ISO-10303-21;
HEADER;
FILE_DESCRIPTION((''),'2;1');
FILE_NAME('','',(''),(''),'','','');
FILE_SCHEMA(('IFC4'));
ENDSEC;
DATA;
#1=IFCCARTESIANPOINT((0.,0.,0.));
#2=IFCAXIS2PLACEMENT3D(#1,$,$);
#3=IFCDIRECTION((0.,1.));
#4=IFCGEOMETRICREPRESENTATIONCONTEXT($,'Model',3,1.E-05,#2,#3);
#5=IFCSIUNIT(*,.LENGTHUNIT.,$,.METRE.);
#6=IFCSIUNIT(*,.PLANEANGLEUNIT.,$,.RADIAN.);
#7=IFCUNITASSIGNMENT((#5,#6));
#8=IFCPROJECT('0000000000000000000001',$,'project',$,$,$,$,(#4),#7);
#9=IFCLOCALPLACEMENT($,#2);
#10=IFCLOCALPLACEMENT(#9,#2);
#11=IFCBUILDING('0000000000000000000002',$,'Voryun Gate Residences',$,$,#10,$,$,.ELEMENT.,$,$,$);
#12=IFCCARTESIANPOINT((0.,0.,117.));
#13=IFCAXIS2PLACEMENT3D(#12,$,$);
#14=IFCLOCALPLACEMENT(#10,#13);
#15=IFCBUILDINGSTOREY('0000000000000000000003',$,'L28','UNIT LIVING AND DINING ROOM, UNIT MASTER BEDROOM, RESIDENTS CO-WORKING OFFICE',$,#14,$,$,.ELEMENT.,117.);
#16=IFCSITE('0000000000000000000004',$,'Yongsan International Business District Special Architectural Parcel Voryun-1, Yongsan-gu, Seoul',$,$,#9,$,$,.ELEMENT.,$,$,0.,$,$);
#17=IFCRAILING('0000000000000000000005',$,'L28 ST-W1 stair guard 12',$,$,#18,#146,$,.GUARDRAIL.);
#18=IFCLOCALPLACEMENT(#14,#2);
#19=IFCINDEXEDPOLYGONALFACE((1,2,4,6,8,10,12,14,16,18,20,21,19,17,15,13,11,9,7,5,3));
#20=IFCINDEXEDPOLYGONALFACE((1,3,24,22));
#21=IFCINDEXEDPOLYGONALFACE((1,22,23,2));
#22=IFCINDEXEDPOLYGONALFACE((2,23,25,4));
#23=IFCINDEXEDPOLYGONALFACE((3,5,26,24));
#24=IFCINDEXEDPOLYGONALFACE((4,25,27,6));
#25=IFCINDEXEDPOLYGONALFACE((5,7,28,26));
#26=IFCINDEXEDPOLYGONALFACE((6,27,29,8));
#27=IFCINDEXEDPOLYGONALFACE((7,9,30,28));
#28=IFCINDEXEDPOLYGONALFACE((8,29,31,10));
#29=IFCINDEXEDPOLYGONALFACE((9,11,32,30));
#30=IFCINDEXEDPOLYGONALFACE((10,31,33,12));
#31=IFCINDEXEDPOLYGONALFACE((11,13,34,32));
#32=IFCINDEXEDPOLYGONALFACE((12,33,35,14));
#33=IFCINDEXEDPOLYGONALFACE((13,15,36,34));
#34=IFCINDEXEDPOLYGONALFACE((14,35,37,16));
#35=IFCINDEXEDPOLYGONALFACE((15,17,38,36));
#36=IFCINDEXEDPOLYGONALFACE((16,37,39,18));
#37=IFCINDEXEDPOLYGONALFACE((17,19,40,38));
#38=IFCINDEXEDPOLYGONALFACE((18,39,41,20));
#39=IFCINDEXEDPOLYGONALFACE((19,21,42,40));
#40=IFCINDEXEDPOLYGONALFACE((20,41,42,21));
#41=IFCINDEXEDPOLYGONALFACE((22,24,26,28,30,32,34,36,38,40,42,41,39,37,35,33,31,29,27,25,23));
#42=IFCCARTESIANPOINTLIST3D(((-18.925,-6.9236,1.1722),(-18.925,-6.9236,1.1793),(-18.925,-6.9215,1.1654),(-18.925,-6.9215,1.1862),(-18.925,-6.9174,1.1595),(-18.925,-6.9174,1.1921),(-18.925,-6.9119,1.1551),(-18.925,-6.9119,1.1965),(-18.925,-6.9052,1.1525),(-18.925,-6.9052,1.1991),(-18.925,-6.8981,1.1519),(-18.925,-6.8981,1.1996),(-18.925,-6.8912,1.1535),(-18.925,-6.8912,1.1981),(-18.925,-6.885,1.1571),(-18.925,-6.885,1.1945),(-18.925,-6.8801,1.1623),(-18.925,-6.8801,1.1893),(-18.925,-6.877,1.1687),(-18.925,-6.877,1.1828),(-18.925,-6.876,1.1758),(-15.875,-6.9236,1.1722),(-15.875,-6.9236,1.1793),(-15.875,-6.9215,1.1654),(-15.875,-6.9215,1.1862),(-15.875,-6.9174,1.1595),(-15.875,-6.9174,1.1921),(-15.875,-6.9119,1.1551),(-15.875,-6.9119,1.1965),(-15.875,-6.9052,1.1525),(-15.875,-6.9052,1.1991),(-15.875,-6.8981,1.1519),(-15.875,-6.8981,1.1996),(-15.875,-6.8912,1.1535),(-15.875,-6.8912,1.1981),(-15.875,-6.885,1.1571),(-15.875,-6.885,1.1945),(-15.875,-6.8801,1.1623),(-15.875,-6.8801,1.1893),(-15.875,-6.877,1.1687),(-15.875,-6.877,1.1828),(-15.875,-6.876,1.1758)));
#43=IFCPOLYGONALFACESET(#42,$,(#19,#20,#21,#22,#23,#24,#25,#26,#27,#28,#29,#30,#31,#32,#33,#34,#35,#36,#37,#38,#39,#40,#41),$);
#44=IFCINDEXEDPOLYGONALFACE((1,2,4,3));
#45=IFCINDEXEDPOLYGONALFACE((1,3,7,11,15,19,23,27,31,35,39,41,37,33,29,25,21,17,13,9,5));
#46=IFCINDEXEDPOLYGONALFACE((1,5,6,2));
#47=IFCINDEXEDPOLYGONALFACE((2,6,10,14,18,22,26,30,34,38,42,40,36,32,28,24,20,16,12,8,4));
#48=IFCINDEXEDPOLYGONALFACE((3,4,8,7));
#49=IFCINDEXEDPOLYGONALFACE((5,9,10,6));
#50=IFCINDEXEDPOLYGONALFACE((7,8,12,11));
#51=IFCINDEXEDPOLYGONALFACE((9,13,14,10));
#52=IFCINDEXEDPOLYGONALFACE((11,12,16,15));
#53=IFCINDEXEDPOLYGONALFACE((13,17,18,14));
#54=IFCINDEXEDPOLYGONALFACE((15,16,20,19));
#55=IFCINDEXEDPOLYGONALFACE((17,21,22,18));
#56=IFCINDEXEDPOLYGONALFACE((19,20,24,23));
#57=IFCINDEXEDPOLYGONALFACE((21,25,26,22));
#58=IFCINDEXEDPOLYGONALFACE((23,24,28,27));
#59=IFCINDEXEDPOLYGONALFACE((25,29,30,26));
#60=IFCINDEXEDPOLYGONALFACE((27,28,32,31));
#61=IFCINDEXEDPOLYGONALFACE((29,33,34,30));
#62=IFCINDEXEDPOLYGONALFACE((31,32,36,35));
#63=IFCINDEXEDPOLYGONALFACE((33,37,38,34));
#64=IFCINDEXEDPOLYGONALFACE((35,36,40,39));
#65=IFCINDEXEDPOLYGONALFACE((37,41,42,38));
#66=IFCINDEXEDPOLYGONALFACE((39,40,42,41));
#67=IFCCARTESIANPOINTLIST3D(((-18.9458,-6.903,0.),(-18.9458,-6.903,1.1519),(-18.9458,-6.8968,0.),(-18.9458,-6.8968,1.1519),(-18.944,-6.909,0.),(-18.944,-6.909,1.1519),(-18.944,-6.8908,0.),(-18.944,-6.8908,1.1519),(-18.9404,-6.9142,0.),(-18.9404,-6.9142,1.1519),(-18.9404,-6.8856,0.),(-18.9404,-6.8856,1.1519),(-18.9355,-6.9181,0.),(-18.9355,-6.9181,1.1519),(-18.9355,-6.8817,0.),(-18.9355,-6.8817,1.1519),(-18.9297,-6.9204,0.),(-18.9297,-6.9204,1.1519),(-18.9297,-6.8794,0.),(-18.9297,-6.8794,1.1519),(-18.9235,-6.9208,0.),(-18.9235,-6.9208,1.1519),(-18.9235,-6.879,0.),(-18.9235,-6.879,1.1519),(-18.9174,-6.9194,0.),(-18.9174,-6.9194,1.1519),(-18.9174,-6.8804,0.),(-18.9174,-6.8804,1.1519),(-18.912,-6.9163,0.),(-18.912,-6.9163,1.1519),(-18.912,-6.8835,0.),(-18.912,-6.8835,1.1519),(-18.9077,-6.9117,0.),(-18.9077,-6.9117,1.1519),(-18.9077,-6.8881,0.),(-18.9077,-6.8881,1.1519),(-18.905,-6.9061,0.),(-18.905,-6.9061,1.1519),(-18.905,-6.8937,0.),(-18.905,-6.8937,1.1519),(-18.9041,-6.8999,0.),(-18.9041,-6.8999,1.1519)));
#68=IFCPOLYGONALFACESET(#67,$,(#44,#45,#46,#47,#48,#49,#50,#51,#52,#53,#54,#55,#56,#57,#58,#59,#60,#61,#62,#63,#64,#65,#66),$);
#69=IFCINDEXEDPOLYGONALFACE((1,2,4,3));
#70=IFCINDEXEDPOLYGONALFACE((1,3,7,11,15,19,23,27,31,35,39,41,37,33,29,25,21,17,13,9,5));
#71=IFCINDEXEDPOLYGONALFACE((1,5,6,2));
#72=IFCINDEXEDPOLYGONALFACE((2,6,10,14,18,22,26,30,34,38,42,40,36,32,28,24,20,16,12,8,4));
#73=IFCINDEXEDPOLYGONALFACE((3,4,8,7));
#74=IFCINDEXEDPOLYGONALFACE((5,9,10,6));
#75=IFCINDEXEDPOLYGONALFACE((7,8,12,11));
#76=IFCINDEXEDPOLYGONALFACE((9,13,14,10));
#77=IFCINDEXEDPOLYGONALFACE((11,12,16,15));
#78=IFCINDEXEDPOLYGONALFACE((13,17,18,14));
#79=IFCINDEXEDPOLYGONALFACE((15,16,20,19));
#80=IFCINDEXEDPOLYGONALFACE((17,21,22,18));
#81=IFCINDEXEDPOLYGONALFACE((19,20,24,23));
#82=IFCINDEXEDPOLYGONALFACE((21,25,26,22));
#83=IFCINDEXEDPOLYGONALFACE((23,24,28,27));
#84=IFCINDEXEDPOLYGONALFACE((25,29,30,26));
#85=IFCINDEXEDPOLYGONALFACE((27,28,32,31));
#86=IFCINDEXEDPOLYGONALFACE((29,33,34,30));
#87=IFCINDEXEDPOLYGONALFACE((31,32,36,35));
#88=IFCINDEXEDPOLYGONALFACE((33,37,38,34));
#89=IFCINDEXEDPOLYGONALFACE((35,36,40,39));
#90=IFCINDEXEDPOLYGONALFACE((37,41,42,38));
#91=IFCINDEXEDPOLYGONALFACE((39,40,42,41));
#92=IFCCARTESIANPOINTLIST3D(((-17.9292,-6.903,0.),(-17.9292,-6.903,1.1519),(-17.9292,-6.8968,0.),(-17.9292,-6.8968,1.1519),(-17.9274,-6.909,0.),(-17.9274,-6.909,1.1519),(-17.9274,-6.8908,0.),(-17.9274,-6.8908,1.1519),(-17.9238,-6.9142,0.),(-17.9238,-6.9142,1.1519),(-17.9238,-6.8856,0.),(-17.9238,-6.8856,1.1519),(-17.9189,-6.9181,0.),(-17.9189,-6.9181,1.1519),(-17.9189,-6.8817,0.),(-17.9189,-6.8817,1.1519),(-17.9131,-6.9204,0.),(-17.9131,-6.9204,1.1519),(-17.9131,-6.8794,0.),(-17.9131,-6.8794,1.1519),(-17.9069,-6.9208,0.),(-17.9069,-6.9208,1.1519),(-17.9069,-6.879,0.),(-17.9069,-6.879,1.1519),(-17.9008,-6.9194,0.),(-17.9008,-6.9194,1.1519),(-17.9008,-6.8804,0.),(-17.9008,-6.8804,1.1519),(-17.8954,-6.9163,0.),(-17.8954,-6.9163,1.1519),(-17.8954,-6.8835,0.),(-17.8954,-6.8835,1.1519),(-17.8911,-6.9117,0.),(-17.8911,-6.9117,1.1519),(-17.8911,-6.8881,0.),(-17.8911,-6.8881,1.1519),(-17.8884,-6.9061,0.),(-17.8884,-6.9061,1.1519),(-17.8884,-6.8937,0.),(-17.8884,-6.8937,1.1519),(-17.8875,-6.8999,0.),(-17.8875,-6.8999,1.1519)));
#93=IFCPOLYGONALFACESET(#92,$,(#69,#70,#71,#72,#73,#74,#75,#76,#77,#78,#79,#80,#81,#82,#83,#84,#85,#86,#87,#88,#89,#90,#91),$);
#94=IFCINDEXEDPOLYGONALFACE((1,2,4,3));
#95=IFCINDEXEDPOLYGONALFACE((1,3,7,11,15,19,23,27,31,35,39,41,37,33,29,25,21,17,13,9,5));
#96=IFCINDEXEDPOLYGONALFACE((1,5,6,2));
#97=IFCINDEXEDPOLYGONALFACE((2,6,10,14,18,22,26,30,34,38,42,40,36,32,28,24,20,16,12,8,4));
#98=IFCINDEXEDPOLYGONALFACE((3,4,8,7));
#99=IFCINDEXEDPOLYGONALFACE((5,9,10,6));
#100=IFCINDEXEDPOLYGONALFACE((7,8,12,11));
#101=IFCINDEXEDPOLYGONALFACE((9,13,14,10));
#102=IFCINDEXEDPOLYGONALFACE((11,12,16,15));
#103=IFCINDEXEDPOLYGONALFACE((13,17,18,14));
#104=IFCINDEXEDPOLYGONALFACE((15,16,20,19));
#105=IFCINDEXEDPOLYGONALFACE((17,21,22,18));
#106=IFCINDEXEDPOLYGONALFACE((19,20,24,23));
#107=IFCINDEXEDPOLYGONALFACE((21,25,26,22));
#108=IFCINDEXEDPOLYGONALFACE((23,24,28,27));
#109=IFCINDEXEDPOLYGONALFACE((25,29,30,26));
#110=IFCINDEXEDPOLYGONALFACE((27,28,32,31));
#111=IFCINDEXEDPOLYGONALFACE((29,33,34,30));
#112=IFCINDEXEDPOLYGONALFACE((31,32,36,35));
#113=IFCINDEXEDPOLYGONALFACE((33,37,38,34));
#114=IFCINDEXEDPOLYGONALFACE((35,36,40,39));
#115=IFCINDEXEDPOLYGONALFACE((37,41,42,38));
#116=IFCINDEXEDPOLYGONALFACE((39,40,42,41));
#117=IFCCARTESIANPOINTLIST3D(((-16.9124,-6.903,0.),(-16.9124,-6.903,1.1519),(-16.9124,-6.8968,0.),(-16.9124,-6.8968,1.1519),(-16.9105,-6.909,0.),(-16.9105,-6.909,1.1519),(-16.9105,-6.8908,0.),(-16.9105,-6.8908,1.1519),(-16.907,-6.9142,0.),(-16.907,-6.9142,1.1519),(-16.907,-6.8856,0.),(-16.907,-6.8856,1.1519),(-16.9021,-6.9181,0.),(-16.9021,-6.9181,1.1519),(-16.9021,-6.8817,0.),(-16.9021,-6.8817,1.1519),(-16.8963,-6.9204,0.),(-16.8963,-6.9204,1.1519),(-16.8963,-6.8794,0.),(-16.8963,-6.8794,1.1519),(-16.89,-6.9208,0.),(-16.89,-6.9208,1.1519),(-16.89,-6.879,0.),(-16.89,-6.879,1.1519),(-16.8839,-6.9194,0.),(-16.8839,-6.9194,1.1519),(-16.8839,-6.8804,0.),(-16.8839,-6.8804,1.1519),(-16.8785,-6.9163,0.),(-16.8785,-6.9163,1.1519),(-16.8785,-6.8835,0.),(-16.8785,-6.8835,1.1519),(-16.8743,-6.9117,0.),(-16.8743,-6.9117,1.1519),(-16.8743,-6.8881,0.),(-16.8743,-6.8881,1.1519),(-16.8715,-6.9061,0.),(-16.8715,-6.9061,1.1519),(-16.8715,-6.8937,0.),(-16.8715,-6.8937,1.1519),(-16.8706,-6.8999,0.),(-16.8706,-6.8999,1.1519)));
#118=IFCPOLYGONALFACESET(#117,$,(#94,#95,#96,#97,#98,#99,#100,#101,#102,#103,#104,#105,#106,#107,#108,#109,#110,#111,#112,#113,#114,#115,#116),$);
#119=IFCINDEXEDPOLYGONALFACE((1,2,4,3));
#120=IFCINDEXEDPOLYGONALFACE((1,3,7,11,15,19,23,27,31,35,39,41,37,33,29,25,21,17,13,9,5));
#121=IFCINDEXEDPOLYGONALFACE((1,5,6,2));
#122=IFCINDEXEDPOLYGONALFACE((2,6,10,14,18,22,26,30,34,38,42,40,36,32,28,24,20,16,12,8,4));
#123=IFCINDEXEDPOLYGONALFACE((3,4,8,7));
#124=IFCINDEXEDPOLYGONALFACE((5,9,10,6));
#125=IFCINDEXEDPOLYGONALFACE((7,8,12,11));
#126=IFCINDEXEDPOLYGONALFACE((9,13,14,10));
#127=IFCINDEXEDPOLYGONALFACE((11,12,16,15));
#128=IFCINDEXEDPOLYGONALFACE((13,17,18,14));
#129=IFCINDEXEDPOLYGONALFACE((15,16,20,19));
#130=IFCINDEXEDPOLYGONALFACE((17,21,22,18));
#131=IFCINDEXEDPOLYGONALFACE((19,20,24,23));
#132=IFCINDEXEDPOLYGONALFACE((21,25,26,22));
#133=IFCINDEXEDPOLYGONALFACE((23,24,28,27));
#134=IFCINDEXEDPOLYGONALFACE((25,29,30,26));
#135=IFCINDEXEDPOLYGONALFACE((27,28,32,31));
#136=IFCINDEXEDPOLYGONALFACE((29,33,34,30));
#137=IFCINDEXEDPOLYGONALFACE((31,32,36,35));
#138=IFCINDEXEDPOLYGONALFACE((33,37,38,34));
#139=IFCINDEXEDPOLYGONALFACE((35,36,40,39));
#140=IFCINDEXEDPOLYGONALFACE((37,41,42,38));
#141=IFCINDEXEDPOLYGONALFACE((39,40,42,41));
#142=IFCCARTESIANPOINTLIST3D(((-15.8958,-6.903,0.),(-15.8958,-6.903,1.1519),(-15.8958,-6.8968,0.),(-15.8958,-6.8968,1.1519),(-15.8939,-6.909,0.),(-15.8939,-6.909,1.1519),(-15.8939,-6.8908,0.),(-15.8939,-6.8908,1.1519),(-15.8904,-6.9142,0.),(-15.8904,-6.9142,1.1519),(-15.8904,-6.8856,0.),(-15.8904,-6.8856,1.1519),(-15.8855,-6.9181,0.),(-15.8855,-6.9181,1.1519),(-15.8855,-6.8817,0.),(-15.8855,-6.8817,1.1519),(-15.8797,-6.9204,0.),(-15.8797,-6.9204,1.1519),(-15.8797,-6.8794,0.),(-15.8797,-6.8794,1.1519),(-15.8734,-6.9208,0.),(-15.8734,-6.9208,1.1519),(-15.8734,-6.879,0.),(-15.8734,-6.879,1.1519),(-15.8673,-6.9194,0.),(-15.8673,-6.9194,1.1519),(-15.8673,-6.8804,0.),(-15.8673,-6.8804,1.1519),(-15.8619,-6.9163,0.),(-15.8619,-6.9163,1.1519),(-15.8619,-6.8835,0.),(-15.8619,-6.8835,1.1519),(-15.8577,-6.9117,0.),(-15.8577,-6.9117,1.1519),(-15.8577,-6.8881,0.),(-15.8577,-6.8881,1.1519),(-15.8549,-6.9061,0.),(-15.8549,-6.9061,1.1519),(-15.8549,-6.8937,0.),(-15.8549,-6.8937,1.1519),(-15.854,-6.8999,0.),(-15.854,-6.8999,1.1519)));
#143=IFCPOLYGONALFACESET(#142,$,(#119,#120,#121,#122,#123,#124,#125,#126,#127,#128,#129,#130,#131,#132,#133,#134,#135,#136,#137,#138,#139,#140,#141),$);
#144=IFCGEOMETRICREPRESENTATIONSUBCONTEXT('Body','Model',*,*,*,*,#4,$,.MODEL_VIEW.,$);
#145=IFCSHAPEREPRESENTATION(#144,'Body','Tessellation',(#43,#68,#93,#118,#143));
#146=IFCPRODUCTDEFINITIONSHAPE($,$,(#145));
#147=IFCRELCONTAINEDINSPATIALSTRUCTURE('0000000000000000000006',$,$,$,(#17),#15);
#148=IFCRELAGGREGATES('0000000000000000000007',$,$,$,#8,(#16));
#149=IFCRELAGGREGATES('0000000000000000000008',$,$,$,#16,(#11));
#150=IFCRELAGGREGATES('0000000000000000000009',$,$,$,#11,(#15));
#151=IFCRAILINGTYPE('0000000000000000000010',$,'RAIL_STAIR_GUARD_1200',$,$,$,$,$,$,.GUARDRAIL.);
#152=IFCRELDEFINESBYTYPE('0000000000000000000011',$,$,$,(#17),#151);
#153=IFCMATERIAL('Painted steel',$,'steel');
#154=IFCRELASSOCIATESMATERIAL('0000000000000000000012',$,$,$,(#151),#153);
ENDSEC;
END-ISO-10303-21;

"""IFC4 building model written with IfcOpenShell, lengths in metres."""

from ifc_helpers import new_model, si_unit, direction, frame, origin, origin_2d, place, context, subcontext, project, spatial, circle, extrude, material, type_object, element, save


model = new_model("IFC4")

# Units and contexts
model_context = context("Model", 3, precision=1e-05, world=origin(), true_north=direction((0.0, 1.0)))
body_context = subcontext(model_context, "Body", "Model", "MODEL_VIEW")
ifc_project = project(units=[si_unit("LENGTHUNIT", "METRE"), si_unit("PLANEANGLEUNIT", "RADIAN")], contexts=[model_context])

# Site, building, storey
site_placement = place(None, origin())
site = spatial("IfcSite", under=ifc_project, at=site_placement, Name="Yongsan International Business District Special Architectural Parcel Voryun-1, Yongsan-gu, Seoul", CompositionType="ELEMENT", RefElevation=0.0)
building_placement = place(site_placement, origin())
building = spatial("IfcBuilding", under=site, at=building_placement, Name="Voryun Gate Residences", CompositionType="ELEMENT")
storey_placement = place(building_placement, frame((0.0, 0.0, 117.0)))
storey = spatial("IfcBuildingStorey", under=building, at=storey_placement, Name="L28", Description="UNIT LIVING AND DINING ROOM, UNIT MASTER BEDROOM, RESIDENTS CO-WORKING OFFICE", CompositionType="ELEMENT", Elevation=117.0)

# Railing
ifc_material_1 = material(Name="Painted steel", Category="steel")
railing_type = type_object("IfcRailingType", Name="RAIL_STAIR_GUARD_1200", PredefinedType="GUARDRAIL", material=ifc_material_1)
railing_placement = place(storey_placement, frame((-18.925, -6.8999, 0.0)))
element("IfcRailing", 1, at=railing_placement, inside=storey, type_object=railing_type, Name="L28 ST-W1 stair guard 12", PredefinedType="GUARDRAIL", context=body_context, shape_type="SweptSolid", body=[
    extrude(circle(Radius=0.0239, at=origin_2d()), frame((0.0, 0.0, 1.1758), z_axis=(1.0, 0.0, 0.0), x_axis=(0.0, 1.0, 0.0)), (0.0, 0.0, 1.0), 3.05),
    extrude(circle(Radius=0.021, at=origin_2d()), origin(), (0.0, 0.0, 1.0), 1.1519),
    extrude(circle(Radius=0.021, at=origin_2d()), frame((1.0166, 0.0, 0.0)), (0.0, 0.0, 1.0), 1.1519),
    extrude(circle(Radius=0.021, at=origin_2d()), frame((2.0334, 0.0, 0.0)), (0.0, 0.0, 1.0), 1.1519),
    extrude(circle(Radius=0.021, at=origin_2d()), frame((3.05, 0.0, 0.0)), (0.0, 0.0, 1.0), 1.1519),
])

save(model, "model.ifc")
